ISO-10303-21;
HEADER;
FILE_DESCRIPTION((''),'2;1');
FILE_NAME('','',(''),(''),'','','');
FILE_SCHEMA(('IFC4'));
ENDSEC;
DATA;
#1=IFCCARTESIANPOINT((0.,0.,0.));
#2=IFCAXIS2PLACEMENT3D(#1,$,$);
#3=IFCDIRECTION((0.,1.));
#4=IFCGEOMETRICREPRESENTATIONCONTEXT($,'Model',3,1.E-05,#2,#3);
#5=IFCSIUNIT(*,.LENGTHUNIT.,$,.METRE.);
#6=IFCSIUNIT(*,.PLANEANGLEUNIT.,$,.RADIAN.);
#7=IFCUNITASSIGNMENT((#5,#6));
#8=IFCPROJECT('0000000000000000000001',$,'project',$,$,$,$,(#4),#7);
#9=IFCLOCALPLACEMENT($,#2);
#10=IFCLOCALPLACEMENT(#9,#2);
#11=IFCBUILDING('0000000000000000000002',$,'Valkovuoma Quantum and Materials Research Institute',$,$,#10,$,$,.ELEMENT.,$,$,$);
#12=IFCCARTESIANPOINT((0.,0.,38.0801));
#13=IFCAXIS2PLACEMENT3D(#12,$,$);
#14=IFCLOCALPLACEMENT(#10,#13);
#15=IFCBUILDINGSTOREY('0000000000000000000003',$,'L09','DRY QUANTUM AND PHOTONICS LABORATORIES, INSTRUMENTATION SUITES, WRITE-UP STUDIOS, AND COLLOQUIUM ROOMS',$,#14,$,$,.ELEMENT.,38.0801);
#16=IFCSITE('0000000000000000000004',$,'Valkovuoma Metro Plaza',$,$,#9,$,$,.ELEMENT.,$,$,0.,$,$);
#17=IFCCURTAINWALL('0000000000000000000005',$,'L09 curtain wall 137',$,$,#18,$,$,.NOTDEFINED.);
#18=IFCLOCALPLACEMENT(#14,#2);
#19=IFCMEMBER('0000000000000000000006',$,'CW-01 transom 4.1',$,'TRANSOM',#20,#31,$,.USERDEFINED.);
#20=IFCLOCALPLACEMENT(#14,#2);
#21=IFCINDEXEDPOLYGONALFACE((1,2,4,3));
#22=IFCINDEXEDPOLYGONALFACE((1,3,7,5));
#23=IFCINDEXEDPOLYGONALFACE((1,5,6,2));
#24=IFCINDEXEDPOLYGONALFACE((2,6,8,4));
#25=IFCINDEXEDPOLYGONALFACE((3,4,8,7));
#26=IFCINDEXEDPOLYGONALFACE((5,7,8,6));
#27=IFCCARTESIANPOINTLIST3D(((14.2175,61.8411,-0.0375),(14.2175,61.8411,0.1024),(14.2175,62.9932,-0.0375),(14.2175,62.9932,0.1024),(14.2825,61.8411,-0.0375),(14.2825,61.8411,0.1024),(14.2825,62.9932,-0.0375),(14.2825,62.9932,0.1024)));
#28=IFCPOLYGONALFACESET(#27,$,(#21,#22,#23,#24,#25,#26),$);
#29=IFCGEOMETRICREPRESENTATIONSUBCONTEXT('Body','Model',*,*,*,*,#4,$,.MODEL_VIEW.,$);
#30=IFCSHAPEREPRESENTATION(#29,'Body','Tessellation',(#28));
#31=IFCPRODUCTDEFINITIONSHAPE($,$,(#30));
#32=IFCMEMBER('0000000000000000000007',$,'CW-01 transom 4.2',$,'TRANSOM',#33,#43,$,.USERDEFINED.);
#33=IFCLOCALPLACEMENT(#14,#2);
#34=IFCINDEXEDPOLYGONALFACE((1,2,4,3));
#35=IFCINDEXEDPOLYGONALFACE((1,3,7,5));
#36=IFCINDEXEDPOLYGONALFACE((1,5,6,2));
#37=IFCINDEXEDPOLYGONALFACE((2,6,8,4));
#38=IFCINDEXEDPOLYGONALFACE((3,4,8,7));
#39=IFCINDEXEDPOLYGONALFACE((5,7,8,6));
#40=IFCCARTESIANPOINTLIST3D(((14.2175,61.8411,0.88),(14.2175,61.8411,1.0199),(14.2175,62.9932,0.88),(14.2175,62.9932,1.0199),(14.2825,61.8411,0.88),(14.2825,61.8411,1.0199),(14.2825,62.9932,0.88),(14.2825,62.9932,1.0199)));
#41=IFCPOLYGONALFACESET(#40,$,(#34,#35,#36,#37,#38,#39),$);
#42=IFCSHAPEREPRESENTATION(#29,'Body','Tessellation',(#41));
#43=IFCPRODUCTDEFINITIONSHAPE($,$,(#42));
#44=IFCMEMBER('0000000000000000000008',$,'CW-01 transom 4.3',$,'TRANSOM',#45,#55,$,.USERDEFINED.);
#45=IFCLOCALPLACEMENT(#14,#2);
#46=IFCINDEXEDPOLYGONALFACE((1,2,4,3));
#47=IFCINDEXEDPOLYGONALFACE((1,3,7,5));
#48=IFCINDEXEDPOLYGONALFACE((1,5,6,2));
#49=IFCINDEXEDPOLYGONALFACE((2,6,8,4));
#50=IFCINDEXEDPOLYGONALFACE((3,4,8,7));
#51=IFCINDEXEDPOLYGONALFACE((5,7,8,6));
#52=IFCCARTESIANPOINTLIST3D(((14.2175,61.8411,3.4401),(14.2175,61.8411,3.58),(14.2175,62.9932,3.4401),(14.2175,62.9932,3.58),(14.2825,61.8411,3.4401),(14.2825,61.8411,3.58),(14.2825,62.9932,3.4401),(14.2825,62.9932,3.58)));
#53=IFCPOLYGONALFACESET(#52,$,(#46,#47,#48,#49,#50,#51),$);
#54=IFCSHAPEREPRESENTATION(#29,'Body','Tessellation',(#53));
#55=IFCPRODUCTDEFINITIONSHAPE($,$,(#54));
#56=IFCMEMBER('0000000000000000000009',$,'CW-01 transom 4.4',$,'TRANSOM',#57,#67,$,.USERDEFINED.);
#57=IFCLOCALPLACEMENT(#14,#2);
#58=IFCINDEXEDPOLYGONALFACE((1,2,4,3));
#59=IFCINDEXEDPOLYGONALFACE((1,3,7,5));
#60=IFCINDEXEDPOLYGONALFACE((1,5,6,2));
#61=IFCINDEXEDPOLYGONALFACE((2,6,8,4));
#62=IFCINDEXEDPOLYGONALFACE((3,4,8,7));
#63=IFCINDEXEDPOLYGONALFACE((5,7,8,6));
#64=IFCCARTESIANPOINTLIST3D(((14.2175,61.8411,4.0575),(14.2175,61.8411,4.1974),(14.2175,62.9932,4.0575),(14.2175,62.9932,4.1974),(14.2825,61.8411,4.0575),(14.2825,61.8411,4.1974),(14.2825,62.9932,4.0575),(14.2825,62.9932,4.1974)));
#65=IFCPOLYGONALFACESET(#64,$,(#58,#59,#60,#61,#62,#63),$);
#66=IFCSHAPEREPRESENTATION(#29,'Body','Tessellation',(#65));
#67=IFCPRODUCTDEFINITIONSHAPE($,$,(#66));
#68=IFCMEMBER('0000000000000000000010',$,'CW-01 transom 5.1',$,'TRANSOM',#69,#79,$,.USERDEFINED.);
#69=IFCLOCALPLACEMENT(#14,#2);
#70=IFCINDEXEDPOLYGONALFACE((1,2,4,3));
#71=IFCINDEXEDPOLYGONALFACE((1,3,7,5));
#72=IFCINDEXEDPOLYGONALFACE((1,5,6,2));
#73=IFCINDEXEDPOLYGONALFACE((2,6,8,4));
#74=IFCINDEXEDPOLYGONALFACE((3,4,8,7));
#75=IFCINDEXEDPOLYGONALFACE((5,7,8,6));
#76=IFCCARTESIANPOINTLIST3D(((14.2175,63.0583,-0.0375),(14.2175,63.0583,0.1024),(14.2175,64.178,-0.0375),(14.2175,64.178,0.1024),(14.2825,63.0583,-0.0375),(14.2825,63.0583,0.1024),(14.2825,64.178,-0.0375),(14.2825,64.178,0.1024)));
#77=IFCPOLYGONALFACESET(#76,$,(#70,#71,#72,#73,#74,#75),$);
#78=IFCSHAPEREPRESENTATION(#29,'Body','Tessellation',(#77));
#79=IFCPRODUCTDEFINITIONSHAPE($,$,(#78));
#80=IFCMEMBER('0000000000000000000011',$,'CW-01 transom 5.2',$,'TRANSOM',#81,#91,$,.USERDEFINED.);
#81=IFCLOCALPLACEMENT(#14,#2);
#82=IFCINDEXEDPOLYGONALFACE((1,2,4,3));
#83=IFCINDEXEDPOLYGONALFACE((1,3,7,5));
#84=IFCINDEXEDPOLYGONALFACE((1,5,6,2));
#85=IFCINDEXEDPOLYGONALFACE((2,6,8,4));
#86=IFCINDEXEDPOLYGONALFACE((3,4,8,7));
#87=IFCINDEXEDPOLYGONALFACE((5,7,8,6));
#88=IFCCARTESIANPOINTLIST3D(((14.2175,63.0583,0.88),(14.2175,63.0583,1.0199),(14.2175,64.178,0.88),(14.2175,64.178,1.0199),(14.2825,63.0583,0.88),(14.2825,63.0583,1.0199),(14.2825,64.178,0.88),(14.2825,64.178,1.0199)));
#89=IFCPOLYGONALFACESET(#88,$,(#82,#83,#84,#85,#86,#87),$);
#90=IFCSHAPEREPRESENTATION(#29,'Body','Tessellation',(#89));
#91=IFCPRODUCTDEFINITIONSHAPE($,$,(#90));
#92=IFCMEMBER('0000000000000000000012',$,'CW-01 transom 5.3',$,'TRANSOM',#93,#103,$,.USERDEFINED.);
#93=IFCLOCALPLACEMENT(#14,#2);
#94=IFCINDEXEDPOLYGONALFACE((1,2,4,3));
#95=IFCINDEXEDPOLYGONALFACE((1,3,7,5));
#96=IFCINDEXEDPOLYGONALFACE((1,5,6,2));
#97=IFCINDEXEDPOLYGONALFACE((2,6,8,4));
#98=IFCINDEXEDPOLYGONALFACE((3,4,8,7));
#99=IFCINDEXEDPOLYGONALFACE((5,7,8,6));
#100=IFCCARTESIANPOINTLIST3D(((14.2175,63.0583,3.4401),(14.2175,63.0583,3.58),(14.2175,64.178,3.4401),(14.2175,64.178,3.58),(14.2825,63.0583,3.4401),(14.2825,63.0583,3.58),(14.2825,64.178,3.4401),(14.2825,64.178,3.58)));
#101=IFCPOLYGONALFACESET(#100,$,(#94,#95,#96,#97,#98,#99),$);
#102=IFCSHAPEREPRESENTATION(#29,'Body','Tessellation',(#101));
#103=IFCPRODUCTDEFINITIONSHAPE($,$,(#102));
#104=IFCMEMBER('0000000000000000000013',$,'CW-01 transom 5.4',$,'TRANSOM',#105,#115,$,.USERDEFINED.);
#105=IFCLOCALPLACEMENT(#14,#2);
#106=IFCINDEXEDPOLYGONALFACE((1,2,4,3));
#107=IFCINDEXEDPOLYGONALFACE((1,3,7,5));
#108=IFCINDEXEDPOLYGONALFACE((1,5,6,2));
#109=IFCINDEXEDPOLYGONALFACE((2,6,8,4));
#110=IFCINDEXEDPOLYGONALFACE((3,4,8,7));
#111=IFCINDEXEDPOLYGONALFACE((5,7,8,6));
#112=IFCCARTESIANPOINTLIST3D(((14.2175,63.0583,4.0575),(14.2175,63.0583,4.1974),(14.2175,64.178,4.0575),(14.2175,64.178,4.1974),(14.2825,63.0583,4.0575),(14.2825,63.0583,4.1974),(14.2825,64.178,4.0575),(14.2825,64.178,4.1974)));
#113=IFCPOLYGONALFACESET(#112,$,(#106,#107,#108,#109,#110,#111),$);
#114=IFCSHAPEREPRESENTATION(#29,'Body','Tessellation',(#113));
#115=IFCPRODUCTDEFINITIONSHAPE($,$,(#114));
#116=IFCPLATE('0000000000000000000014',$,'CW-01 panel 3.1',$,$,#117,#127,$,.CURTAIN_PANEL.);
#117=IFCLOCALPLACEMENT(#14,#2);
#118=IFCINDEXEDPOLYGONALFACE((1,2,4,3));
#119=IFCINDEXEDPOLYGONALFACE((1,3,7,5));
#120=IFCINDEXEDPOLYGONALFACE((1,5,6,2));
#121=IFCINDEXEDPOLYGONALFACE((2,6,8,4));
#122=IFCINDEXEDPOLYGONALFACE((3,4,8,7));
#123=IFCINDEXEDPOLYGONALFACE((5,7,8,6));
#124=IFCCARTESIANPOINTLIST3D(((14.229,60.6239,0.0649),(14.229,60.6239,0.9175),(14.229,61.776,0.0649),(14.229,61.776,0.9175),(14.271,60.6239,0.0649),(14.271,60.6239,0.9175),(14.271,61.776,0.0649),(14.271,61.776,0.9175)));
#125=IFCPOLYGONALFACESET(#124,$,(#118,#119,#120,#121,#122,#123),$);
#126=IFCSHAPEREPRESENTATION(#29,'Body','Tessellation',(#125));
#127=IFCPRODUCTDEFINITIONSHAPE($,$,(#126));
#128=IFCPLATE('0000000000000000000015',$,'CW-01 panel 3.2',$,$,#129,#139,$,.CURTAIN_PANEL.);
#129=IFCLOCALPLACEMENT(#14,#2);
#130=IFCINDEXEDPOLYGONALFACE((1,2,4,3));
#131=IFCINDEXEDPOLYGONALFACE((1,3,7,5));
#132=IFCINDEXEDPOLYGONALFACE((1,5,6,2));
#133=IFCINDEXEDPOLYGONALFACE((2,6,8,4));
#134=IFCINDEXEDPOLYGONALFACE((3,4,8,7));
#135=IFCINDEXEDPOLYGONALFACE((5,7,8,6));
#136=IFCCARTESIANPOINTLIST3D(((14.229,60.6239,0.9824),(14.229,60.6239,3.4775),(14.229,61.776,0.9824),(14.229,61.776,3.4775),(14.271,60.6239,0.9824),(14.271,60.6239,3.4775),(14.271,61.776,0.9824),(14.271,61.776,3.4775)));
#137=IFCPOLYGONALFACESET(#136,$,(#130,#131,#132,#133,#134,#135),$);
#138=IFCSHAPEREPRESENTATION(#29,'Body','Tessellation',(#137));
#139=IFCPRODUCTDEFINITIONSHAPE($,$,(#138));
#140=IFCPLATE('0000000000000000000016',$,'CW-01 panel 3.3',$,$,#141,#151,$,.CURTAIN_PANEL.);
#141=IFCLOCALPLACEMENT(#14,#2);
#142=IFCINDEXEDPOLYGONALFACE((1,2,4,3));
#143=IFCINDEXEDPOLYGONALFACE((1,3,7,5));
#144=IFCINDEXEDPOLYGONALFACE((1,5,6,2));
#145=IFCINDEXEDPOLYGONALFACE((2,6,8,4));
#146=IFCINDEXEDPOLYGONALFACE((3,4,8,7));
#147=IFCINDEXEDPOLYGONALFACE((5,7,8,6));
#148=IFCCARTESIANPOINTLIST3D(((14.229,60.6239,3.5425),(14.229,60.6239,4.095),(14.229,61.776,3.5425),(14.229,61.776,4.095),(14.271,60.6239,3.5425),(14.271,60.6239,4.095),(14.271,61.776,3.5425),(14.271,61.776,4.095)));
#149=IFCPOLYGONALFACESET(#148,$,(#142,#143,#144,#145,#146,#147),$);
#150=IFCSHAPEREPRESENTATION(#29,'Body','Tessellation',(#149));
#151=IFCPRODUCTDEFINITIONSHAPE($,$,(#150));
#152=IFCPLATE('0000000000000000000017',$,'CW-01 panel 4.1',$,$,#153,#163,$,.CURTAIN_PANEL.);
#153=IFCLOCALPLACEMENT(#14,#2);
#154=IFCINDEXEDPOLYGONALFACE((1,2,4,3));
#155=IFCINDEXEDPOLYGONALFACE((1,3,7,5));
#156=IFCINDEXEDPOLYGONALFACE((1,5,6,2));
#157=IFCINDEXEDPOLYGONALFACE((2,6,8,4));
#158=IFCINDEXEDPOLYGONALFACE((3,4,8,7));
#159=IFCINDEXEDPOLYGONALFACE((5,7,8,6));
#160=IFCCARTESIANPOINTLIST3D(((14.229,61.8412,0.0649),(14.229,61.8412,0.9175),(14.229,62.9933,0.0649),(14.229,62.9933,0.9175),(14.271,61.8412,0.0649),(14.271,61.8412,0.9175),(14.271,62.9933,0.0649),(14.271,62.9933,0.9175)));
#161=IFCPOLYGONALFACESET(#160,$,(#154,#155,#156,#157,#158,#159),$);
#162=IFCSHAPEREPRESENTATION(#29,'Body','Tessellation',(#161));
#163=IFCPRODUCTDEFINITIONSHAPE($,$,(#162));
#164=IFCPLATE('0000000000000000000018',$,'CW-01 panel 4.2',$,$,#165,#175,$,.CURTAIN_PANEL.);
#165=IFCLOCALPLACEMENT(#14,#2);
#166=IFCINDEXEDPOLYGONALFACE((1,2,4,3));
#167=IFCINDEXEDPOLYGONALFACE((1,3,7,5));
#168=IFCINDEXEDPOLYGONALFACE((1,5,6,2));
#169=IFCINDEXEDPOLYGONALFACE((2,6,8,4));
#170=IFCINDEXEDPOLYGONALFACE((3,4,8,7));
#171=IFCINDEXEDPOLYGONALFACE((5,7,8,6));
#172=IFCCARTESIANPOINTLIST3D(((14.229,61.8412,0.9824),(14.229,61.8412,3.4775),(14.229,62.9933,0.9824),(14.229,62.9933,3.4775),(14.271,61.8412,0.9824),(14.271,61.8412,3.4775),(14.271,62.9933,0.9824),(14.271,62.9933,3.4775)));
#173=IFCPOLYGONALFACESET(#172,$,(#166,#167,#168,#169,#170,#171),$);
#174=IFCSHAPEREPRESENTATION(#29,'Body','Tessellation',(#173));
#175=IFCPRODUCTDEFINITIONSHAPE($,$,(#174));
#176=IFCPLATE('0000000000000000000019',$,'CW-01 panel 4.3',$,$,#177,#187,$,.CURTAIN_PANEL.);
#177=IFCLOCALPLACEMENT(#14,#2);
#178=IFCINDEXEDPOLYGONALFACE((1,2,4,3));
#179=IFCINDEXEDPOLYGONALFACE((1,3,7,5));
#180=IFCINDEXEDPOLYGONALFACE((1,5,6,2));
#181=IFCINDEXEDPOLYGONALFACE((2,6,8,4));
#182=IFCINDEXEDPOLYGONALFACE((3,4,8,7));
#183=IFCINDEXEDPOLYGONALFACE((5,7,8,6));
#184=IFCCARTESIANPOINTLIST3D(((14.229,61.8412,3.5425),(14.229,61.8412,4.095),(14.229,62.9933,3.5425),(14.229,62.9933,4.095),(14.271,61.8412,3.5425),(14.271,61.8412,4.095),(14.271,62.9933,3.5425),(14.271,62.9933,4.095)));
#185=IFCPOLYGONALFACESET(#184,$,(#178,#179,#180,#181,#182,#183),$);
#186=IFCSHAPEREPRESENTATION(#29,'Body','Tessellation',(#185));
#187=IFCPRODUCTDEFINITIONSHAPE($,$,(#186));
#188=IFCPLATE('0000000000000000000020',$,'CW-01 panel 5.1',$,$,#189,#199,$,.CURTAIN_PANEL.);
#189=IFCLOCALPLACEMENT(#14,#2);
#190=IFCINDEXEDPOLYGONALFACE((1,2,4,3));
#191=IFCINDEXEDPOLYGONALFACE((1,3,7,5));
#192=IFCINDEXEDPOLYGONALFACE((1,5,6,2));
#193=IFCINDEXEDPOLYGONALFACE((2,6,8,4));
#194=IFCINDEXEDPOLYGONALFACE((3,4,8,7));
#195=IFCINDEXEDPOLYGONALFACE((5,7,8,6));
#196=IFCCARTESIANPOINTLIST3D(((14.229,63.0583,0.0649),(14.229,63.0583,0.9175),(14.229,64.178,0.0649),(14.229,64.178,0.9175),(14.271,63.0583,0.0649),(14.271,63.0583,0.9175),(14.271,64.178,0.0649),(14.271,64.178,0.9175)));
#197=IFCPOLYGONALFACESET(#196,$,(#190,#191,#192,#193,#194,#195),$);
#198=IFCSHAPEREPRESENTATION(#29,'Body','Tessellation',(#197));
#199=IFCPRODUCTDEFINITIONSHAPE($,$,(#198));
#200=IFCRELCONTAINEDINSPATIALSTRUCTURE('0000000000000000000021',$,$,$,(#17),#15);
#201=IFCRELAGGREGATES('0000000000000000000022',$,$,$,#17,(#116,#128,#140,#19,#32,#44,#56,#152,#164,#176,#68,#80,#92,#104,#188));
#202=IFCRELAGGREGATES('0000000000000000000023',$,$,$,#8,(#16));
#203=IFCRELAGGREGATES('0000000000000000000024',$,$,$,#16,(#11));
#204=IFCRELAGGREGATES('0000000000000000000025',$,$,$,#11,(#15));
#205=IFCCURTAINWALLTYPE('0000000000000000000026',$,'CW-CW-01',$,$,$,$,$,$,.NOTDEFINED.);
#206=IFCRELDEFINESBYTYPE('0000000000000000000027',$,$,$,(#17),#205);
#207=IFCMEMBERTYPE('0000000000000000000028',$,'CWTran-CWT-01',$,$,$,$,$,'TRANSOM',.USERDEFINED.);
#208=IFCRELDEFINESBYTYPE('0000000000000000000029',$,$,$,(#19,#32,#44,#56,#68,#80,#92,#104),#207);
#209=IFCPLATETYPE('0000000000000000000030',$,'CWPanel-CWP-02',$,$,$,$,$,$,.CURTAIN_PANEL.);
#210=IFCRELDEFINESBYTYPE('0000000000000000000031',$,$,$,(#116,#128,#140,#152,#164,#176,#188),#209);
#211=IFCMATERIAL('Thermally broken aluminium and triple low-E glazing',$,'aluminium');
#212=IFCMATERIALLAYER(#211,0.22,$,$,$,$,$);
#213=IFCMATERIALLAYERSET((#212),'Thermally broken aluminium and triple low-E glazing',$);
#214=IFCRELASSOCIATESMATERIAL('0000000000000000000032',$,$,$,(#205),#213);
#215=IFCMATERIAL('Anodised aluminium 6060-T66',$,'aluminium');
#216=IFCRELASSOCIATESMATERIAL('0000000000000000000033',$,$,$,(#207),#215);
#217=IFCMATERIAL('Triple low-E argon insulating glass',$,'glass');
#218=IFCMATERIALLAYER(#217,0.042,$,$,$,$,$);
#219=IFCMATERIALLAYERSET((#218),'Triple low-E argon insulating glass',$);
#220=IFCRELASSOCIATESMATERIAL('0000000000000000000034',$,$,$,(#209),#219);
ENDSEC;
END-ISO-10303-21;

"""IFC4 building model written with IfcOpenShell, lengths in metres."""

from ifc_helpers import new_model, si_unit, direction, frame, origin, origin_2d, place, context, subcontext, project, spatial, rectangle, extrude, material, layer, layer_set, material_profile, profile_set, type_object, element, aggregate, save


model = new_model("IFC4")

# Units and contexts
model_context = context("Model", 3, precision=1e-05, world=origin(), true_north=direction((0.0, 1.0)))
body_context = subcontext(model_context, "Body", "Model", "MODEL_VIEW")
ifc_project = project(units=[si_unit("LENGTHUNIT", "METRE"), si_unit("PLANEANGLEUNIT", "RADIAN")], contexts=[model_context])

# Site, building, storey
site_placement = place(None, origin())
site = spatial("IfcSite", under=ifc_project, at=site_placement, Name="Valkovuoma Metro Plaza", CompositionType="ELEMENT", RefElevation=0.0)
building_placement = place(site_placement, origin())
building = spatial("IfcBuilding", under=site, at=building_placement, Name="Valkovuoma Quantum and Materials Research Institute", CompositionType="ELEMENT")
storey_placement = place(building_placement, frame((0.0, 0.0, 38.0801)))
storey = spatial("IfcBuildingStorey", under=building, at=storey_placement, Name="L09", Description="DRY QUANTUM AND PHOTONICS LABORATORIES, INSTRUMENTATION SUITES, WRITE-UP STUDIOS, AND COLLOQUIUM ROOMS", CompositionType="ELEMENT", Elevation=38.0801)

# Curtain wall, members, plates
ifc_material_1 = material(Name="Thermally broken aluminium and triple low-E glazing", Category="aluminium")
ifc_layer_1 = layer(ifc_material_1, 0.22)
ifc_layer_set_1 = layer_set([ifc_layer_1], Name="Thermally broken aluminium and triple low-E glazing")
curtain_wall_type = type_object("IfcCurtainWallType", Name="CW-CW-01", PredefinedType="NOTDEFINED", material=ifc_layer_set_1)
curtain_wall_placement = place(storey_placement, origin())
curtain_wall = element("IfcCurtainWall", 1, at=curtain_wall_placement, inside=storey, type_object=curtain_wall_type, Name="L09 curtain wall 137", PredefinedType="NOTDEFINED")
ifc_material_2 = material(Name="Anodised aluminium 6060-T66", Category="aluminium")
ifc_material_profile_1 = material_profile(ifc_material_2, rectangle(XDim=0.0649, YDim=0.1399, at=origin_2d()), Name="Anodised aluminium 6060-T66")
ifc_profile_set_1 = profile_set([ifc_material_profile_1], Name="Anodised aluminium 6060-T66")
member_type_1 = type_object("IfcMemberType", Name="CWTran-CWT-01", ElementType="TRANSOM", PredefinedType="USERDEFINED", material=ifc_profile_set_1)
member_1_placement = place(storey_placement, frame((14.25, 61.8411, 0.0325), z_axis=(0.0, 1.0, 0.0), x_axis=(-1.0, 0.0, 0.0)))
member_1 = element("IfcMember", 2, at=member_1_placement, type_object=member_type_1, Name="CW-01 transom 4.1", ObjectType="TRANSOM", PredefinedType="USERDEFINED", context=body_context, shape_type="SweptSolid", body=[
    extrude(rectangle(XDim=0.0649, YDim=0.1399, at=origin_2d()), origin(), (0.0, 0.0, 1.0), 1.1521),
])
member_2_placement = place(storey_placement, frame((14.25, 61.8411, 0.95), z_axis=(0.0, 1.0, 0.0), x_axis=(-1.0, 0.0, 0.0)))
member_2 = element("IfcMember", 3, at=member_2_placement, type_object=member_type_1, Name="CW-01 transom 4.2", ObjectType="TRANSOM", PredefinedType="USERDEFINED", context=body_context, shape_type="SweptSolid", body=[
    extrude(rectangle(XDim=0.0649, YDim=0.1399, at=origin_2d()), origin(), (0.0, 0.0, 1.0), 1.1521),
])
member_3_placement = place(storey_placement, frame((14.25, 61.8411, 3.51), z_axis=(0.0, 1.0, 0.0), x_axis=(-1.0, 0.0, 0.0)))
member_3 = element("IfcMember", 4, at=member_3_placement, type_object=member_type_1, Name="CW-01 transom 4.3", ObjectType="TRANSOM", PredefinedType="USERDEFINED", context=body_context, shape_type="SweptSolid", body=[
    extrude(rectangle(XDim=0.0649, YDim=0.1399, at=origin_2d()), origin(), (0.0, 0.0, 1.0), 1.1521),
])
member_4_placement = place(storey_placement, frame((14.25, 61.8411, 4.1274), z_axis=(0.0, 1.0, 0.0), x_axis=(-1.0, 0.0, 0.0)))
member_4 = element("IfcMember", 5, at=member_4_placement, type_object=member_type_1, Name="CW-01 transom 4.4", ObjectType="TRANSOM", PredefinedType="USERDEFINED", context=body_context, shape_type="SweptSolid", body=[
    extrude(rectangle(XDim=0.0649, YDim=0.1399, at=origin_2d()), origin(), (0.0, 0.0, 1.0), 1.1521),
])
member_5_placement = place(storey_placement, frame((14.25, 63.0583, 0.0325), z_axis=(0.0, 1.0, 0.0), x_axis=(-1.0, 0.0, 0.0)))
member_5 = element("IfcMember", 6, at=member_5_placement, type_object=member_type_1, Name="CW-01 transom 5.1", ObjectType="TRANSOM", PredefinedType="USERDEFINED", context=body_context, shape_type="SweptSolid", body=[
    extrude(rectangle(XDim=0.0649, YDim=0.1399, at=origin_2d()), origin(), (0.0, 0.0, 1.0), 1.1196),
])
member_6_placement = place(storey_placement, frame((14.25, 63.0583, 0.95), z_axis=(0.0, 1.0, 0.0), x_axis=(-1.0, 0.0, 0.0)))
member_6 = element("IfcMember", 7, at=member_6_placement, type_object=member_type_1, Name="CW-01 transom 5.2", ObjectType="TRANSOM", PredefinedType="USERDEFINED", context=body_context, shape_type="SweptSolid", body=[
    extrude(rectangle(XDim=0.0649, YDim=0.1399, at=origin_2d()), origin(), (0.0, 0.0, 1.0), 1.1196),
])
member_7_placement = place(storey_placement, frame((14.25, 63.0583, 3.51), z_axis=(0.0, 1.0, 0.0), x_axis=(-1.0, 0.0, 0.0)))
member_7 = element("IfcMember", 8, at=member_7_placement, type_object=member_type_1, Name="CW-01 transom 5.3", ObjectType="TRANSOM", PredefinedType="USERDEFINED", context=body_context, shape_type="SweptSolid", body=[
    extrude(rectangle(XDim=0.0649, YDim=0.1399, at=origin_2d()), origin(), (0.0, 0.0, 1.0), 1.1196),
])
member_8_placement = place(storey_placement, frame((14.25, 63.0583, 4.1274), z_axis=(0.0, 1.0, 0.0), x_axis=(-1.0, 0.0, 0.0)))
member_8 = element("IfcMember", 9, at=member_8_placement, type_object=member_type_1, Name="CW-01 transom 5.4", ObjectType="TRANSOM", PredefinedType="USERDEFINED", context=body_context, shape_type="SweptSolid", body=[
    extrude(rectangle(XDim=0.0649, YDim=0.1399, at=origin_2d()), origin(), (0.0, 0.0, 1.0), 1.1196),
])
ifc_material_3 = material(Name="Triple low-E argon insulating glass", Category="glass")
ifc_layer_2 = layer(ifc_material_3, 0.042)
ifc_layer_set_2 = layer_set([ifc_layer_2], Name="Triple low-E argon insulating glass")
plate_type = type_object("IfcPlateType", Name="CWPanel-CWP-02", PredefinedType="CURTAIN_PANEL", material=ifc_layer_set_2)
plate_1_placement = place(storey_placement, frame((14.25, 61.2, 0.0649), z_axis=(0.0, 0.0, 1.0), x_axis=(0.0, 1.0, 0.0)))
plate_1 = element("IfcPlate", 10, at=plate_1_placement, type_object=plate_type, Name="CW-01 panel 3.1", PredefinedType="CURTAIN_PANEL", context=body_context, shape_type="SweptSolid", body=[
    extrude(rectangle(XDim=1.1521, YDim=0.042, at=origin_2d()), origin(), (0.0, 0.0, 1.0), 0.8525),
])
plate_2_placement = place(storey_placement, frame((14.25, 61.2, 0.9824), z_axis=(0.0, 0.0, 1.0), x_axis=(0.0, 1.0, 0.0)))
plate_2 = element("IfcPlate", 11, at=plate_2_placement, type_object=plate_type, Name="CW-01 panel 3.2", PredefinedType="CURTAIN_PANEL", context=body_context, shape_type="SweptSolid", body=[
    extrude(rectangle(XDim=1.1521, YDim=0.042, at=origin_2d()), origin(), (0.0, 0.0, 1.0), 2.4951),
])
plate_3_placement = place(storey_placement, frame((14.25, 61.2, 3.5425), z_axis=(0.0, 0.0, 1.0), x_axis=(0.0, 1.0, 0.0)))
plate_3 = element("IfcPlate", 12, at=plate_3_placement, type_object=plate_type, Name="CW-01 panel 3.3", PredefinedType="CURTAIN_PANEL", context=body_context, shape_type="SweptSolid", body=[
    extrude(rectangle(XDim=1.1521, YDim=0.042, at=origin_2d()), origin(), (0.0, 0.0, 1.0), 0.5525),
])
plate_4_placement = place(storey_placement, frame((14.25, 62.4172, 0.0649), z_axis=(0.0, 0.0, 1.0), x_axis=(0.0, 1.0, 0.0)))
plate_4 = element("IfcPlate", 13, at=plate_4_placement, type_object=plate_type, Name="CW-01 panel 4.1", PredefinedType="CURTAIN_PANEL", context=body_context, shape_type="SweptSolid", body=[
    extrude(rectangle(XDim=1.1521, YDim=0.042, at=origin_2d()), origin(), (0.0, 0.0, 1.0), 0.8525),
])
plate_5_placement = place(storey_placement, frame((14.25, 62.4172, 0.9824), z_axis=(0.0, 0.0, 1.0), x_axis=(0.0, 1.0, 0.0)))
plate_5 = element("IfcPlate", 14, at=plate_5_placement, type_object=plate_type, Name="CW-01 panel 4.2", PredefinedType="CURTAIN_PANEL", context=body_context, shape_type="SweptSolid", body=[
    extrude(rectangle(XDim=1.1521, YDim=0.042, at=origin_2d()), origin(), (0.0, 0.0, 1.0), 2.4951),
])
plate_6_placement = place(storey_placement, frame((14.25, 62.4172, 3.5425), z_axis=(0.0, 0.0, 1.0), x_axis=(0.0, 1.0, 0.0)))
plate_6 = element("IfcPlate", 15, at=plate_6_placement, type_object=plate_type, Name="CW-01 panel 4.3", PredefinedType="CURTAIN_PANEL", context=body_context, shape_type="SweptSolid", body=[
    extrude(rectangle(XDim=1.1521, YDim=0.042, at=origin_2d()), origin(), (0.0, 0.0, 1.0), 0.5525),
])
plate_7_placement = place(storey_placement, frame((14.25, 63.6182, 0.0649), z_axis=(0.0, 0.0, 1.0), x_axis=(0.0, 1.0, 0.0)))
plate_7 = element("IfcPlate", 16, at=plate_7_placement, type_object=plate_type, Name="CW-01 panel 5.1", PredefinedType="CURTAIN_PANEL", context=body_context, shape_type="SweptSolid", body=[
    extrude(rectangle(XDim=1.1196, YDim=0.042, at=origin_2d()), origin(), (0.0, 0.0, 1.0), 0.8525),
])
aggregate(curtain_wall, [plate_1, plate_2, plate_3, member_1, member_2, member_3, member_4, plate_4, plate_5, plate_6, member_5, member_6, member_7, member_8, plate_7])

save(model, "model.ifc")
